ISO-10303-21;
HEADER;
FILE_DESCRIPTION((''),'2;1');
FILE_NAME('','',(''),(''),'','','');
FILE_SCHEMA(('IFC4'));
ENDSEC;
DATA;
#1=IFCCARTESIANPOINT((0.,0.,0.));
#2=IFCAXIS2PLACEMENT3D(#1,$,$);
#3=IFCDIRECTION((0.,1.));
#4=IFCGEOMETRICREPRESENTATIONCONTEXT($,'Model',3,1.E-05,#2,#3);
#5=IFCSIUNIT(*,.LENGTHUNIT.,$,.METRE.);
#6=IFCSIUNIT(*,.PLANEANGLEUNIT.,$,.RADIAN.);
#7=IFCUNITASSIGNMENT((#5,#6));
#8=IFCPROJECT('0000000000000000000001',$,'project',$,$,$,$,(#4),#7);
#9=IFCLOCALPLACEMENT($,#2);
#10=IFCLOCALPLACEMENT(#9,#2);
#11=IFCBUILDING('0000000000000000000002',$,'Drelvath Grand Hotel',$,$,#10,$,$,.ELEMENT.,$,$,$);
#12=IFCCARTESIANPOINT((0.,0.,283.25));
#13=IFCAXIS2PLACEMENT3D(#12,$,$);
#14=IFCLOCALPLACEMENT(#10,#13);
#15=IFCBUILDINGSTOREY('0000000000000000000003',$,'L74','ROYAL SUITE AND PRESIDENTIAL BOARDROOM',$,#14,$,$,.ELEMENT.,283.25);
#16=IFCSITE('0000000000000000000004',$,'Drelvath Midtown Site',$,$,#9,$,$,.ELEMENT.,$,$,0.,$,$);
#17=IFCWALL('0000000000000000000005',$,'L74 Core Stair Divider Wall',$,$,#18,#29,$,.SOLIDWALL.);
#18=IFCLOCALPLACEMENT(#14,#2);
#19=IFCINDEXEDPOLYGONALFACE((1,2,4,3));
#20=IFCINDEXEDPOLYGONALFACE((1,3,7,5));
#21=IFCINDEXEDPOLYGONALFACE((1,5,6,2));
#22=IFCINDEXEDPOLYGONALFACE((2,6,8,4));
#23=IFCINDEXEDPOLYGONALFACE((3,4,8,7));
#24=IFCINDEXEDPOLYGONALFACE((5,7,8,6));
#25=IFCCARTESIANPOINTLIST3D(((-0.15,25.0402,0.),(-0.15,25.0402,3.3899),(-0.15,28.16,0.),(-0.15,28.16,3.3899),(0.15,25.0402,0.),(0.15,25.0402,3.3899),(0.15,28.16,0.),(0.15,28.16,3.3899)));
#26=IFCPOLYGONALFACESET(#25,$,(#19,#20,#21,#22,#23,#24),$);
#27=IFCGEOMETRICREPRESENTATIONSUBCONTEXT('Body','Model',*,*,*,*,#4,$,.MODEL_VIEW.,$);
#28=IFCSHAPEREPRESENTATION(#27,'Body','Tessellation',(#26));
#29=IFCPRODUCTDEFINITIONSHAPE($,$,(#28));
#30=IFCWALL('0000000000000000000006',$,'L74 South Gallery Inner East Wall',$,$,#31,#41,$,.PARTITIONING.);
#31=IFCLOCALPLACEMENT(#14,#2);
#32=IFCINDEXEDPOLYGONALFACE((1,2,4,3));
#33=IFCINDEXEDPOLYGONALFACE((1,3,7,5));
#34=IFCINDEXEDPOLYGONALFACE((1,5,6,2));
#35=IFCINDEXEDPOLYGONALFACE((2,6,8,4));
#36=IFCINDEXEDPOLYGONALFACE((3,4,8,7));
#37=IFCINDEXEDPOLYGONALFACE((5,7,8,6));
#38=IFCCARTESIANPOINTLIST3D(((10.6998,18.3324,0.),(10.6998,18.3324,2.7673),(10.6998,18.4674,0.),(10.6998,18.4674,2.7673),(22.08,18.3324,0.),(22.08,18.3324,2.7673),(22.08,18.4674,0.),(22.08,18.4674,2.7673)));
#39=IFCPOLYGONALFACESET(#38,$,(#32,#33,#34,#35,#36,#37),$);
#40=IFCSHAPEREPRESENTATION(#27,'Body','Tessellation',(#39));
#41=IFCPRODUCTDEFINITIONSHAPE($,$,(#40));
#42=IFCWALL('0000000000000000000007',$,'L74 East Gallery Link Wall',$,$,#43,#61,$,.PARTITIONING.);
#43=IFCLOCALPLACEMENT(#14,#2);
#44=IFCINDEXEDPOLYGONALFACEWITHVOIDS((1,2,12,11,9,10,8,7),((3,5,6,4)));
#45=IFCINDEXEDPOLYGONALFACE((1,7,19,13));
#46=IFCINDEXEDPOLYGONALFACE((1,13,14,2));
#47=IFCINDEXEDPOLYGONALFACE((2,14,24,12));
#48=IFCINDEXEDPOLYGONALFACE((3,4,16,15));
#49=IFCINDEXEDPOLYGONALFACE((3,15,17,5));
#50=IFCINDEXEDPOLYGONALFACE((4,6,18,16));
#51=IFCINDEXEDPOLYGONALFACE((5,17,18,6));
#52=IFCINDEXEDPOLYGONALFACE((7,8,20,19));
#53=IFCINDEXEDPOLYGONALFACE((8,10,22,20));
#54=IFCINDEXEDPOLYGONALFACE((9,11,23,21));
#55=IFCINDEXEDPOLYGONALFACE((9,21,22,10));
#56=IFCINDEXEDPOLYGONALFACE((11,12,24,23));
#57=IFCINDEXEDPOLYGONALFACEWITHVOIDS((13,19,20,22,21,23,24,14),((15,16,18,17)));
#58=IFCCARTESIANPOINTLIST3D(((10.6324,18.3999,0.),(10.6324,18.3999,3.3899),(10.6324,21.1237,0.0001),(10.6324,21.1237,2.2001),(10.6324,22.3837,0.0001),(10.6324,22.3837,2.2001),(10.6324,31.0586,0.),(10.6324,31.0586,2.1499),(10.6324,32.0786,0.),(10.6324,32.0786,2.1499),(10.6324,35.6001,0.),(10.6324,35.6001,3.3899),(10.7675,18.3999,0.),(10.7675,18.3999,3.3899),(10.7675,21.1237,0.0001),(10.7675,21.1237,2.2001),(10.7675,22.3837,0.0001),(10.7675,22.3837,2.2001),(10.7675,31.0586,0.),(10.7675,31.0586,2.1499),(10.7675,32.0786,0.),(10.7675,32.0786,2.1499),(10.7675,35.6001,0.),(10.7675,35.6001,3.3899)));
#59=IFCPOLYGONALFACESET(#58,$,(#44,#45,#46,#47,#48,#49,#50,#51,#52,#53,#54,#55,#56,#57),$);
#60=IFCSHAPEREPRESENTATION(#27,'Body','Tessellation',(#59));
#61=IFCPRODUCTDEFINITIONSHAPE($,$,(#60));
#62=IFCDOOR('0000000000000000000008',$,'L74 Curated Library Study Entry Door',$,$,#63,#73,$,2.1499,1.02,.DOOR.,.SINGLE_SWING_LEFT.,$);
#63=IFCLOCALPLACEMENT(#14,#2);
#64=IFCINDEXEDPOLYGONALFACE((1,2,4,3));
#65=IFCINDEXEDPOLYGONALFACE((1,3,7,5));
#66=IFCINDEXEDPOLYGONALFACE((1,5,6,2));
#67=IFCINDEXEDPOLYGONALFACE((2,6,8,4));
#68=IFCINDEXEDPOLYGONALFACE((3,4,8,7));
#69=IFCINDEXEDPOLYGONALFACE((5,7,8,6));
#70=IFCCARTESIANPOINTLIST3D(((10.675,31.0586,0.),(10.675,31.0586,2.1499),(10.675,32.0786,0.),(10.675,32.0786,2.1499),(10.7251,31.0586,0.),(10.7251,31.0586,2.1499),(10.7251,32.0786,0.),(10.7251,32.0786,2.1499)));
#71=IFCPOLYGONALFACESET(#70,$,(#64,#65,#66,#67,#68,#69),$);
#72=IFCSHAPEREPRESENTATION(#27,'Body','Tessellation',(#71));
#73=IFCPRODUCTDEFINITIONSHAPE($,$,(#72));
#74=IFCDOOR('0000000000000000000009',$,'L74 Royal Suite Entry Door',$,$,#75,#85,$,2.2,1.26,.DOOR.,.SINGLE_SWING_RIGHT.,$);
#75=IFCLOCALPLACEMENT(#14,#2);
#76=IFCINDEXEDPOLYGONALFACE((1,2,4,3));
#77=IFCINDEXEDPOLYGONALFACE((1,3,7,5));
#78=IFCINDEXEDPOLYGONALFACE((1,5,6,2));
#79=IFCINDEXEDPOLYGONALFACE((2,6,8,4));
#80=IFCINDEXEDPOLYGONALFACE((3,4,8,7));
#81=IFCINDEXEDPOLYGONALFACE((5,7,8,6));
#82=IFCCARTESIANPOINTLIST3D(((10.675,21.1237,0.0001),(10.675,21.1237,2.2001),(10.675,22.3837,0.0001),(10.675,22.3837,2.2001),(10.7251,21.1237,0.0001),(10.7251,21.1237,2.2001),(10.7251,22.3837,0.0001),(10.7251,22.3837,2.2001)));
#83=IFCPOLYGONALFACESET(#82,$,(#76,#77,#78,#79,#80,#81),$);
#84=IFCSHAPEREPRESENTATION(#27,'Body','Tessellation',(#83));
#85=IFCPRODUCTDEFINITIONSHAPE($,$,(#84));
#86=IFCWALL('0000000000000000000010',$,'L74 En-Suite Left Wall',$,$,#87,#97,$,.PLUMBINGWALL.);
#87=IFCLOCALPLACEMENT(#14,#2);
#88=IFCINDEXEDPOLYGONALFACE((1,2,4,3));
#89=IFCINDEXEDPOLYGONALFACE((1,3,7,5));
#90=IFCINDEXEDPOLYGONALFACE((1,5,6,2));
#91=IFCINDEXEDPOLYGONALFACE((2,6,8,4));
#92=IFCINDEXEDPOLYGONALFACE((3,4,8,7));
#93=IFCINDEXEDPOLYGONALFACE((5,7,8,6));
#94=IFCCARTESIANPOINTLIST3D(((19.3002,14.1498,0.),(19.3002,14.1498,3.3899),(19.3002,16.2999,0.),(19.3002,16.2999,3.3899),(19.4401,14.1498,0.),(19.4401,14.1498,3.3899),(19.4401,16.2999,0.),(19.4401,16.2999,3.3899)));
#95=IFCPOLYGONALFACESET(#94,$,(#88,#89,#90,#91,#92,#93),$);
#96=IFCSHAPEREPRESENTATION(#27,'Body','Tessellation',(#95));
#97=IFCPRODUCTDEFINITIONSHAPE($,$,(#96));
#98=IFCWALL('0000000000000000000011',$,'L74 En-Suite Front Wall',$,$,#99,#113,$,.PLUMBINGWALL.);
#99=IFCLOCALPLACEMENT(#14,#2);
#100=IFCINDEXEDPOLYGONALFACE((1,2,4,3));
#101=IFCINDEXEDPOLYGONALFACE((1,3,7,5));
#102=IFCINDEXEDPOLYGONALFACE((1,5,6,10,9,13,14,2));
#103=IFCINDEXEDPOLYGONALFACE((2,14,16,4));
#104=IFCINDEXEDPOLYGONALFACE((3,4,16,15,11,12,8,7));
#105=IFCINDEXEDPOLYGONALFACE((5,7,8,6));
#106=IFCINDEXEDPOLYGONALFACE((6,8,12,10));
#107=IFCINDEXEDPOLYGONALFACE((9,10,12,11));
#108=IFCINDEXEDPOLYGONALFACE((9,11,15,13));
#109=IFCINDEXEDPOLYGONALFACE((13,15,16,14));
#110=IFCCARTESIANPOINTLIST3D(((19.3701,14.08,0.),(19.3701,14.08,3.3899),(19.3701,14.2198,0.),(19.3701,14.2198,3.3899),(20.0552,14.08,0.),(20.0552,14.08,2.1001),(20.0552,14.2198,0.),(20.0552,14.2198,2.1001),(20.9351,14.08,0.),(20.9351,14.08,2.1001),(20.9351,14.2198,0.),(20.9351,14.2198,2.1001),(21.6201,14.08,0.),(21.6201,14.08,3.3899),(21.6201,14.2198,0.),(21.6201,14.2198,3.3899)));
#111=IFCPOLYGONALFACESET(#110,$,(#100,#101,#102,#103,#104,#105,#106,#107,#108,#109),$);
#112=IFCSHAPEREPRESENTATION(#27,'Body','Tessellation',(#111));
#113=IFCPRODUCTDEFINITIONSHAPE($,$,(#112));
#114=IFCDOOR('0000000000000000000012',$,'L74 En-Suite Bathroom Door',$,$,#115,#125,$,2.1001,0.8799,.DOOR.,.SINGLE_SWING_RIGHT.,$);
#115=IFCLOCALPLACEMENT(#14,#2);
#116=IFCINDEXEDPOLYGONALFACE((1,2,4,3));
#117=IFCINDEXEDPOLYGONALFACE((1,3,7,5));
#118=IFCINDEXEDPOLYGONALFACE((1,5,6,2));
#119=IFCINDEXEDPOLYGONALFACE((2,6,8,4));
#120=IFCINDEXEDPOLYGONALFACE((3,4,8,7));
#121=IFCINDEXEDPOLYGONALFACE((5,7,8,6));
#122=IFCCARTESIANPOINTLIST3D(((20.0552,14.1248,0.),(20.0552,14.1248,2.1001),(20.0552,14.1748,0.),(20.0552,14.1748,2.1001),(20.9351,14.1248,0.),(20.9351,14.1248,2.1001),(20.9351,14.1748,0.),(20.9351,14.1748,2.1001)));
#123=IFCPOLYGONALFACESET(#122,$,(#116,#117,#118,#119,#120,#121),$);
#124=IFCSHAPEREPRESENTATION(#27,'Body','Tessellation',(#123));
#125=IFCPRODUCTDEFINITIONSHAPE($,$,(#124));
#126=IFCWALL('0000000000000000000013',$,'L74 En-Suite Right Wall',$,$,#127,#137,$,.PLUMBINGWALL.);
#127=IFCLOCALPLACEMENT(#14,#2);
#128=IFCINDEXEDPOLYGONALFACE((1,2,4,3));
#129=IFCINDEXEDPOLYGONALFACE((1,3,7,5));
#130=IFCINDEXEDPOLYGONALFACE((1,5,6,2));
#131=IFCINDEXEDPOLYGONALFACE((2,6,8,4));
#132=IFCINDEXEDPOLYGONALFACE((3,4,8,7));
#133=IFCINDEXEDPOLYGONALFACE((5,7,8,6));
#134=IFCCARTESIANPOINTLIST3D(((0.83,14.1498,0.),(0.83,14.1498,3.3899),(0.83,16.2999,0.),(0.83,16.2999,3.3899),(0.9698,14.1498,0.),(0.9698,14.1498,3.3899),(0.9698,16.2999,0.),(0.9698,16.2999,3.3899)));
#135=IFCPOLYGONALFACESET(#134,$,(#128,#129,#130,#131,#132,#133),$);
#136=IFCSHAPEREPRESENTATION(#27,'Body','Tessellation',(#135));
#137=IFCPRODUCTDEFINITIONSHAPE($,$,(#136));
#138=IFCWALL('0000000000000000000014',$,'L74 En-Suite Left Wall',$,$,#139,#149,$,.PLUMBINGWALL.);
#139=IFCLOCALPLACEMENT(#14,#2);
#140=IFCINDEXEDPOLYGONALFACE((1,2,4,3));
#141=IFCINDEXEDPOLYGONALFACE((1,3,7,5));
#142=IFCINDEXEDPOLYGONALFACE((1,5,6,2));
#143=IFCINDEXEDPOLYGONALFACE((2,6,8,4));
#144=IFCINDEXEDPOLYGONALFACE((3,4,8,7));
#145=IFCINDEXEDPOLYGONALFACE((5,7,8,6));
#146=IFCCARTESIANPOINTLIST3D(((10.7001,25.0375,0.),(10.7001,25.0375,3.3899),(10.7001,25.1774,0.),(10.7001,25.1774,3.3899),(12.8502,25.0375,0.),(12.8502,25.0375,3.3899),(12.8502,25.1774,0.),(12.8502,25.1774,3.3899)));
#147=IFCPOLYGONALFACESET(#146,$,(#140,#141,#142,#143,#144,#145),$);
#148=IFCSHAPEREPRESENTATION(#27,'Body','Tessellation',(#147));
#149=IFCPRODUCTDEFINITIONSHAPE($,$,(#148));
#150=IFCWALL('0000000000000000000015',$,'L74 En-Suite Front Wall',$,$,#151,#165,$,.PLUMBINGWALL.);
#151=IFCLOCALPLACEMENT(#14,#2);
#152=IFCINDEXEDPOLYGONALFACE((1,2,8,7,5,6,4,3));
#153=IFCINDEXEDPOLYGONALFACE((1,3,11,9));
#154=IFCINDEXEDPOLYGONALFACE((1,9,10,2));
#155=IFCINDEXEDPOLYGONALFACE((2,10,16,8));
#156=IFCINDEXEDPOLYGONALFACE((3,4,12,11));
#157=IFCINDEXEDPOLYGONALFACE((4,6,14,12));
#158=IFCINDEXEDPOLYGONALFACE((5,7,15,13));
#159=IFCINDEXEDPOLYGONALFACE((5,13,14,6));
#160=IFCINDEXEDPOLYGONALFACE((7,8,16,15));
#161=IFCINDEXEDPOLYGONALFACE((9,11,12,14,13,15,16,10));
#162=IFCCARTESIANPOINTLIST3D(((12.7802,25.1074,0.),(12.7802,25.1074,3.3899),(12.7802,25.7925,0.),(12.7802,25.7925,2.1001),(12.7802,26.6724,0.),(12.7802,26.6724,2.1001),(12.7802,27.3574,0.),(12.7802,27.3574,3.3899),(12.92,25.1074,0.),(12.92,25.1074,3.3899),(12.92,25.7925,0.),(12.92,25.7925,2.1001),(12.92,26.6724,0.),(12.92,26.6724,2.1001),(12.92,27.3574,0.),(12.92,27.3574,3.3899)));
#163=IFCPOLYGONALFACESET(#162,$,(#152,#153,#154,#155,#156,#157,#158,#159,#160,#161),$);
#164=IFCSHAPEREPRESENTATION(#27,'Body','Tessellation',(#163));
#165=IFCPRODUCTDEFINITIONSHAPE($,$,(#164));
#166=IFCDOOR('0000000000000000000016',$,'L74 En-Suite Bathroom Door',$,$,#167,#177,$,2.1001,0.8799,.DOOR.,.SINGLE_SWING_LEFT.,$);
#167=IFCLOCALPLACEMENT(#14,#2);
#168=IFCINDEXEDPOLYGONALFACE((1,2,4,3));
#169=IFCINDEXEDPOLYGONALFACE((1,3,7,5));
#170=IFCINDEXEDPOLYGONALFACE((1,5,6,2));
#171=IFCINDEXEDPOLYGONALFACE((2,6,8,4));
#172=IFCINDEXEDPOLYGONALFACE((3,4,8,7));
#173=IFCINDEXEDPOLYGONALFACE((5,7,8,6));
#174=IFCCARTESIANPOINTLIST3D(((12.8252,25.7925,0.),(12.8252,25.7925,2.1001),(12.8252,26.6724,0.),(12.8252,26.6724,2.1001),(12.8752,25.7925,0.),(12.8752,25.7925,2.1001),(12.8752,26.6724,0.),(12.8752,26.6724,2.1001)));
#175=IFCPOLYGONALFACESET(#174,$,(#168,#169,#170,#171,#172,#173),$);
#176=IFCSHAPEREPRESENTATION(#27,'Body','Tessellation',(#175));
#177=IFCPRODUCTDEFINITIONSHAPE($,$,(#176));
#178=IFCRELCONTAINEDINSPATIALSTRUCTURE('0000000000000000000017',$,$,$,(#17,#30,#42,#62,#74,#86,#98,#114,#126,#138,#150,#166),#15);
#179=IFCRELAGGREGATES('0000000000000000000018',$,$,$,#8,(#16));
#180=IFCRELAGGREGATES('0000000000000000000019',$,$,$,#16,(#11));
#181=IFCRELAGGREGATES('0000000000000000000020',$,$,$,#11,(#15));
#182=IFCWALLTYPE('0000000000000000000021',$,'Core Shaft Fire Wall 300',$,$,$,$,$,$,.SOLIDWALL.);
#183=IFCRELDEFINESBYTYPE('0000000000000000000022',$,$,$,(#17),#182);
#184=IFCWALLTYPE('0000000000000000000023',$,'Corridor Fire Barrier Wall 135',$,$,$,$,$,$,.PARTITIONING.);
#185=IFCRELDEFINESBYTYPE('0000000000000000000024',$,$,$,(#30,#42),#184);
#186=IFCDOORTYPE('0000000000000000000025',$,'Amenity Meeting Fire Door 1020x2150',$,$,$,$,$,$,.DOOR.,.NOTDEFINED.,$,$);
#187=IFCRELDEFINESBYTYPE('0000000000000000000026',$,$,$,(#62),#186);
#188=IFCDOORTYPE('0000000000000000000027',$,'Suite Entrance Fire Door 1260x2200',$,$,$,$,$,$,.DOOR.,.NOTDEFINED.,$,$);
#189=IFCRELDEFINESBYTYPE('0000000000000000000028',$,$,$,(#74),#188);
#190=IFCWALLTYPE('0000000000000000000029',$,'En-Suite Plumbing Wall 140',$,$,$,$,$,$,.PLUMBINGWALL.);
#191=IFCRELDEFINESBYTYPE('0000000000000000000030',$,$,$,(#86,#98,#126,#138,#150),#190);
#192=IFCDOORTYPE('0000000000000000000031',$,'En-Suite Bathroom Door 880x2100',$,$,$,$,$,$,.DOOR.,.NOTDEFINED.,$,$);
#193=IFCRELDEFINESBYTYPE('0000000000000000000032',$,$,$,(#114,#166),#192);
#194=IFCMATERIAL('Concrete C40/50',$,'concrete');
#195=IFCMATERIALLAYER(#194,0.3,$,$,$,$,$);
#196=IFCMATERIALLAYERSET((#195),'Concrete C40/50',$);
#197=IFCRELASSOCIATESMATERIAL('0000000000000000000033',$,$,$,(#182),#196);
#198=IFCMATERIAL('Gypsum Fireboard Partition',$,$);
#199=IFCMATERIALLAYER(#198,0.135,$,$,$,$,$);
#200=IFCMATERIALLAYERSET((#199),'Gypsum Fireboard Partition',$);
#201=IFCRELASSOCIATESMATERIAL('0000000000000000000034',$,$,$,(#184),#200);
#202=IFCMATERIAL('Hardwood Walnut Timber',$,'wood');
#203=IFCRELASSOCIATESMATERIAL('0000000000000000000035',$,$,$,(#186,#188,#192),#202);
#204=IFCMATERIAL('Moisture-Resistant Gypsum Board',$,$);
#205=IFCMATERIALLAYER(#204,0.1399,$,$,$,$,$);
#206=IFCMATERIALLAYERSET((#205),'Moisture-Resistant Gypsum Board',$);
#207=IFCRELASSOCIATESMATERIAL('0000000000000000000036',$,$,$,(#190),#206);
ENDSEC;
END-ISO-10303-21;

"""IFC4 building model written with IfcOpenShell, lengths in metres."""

from ifc_helpers import new_model, si_unit, direction, frame, frame_2d, origin, place, context, subcontext, project, spatial, rectangle, extrude, material, layer, layer_set, type_object, element, fill, save


model = new_model("IFC4")

# Units and contexts
model_context = context("Model", 3, precision=1e-05, world=origin(), true_north=direction((0.0, 1.0)))
body_context = subcontext(model_context, "Body", "Model", "MODEL_VIEW")
ifc_project = project(units=[si_unit("LENGTHUNIT", "METRE"), si_unit("PLANEANGLEUNIT", "RADIAN")], contexts=[model_context])

# Site, building, storey
site_placement = place(None, origin())
site = spatial("IfcSite", under=ifc_project, at=site_placement, Name="Drelvath Midtown Site", CompositionType="ELEMENT", RefElevation=0.0)
building_placement = place(site_placement, origin())
building = spatial("IfcBuilding", under=site, at=building_placement, Name="Drelvath Grand Hotel", CompositionType="ELEMENT")
storey_placement = place(building_placement, frame((0.0, 0.0, 283.25)))
storey = spatial("IfcBuildingStorey", under=building, at=storey_placement, Name="L74", Description="ROYAL SUITE AND PRESIDENTIAL BOARDROOM", CompositionType="ELEMENT", Elevation=283.25)

# Walls
ifc_material_1 = material(Name="Concrete C40/50", Category="concrete")
ifc_layer_1 = layer(ifc_material_1, 0.3)
ifc_layer_set_1 = layer_set([ifc_layer_1], Name="Concrete C40/50")
wall_type_1 = type_object("IfcWallType", Name="Core Shaft Fire Wall 300", PredefinedType="SOLIDWALL", material=ifc_layer_set_1)
wall_1_placement = place(storey_placement, frame((0.0, 25.04, 0.0), z_axis=(0.0, 0.0, 1.0), x_axis=(0.0, 1.0, 0.0)))
element("IfcWall", 1, at=wall_1_placement, inside=storey, type_object=wall_type_1, Name="L74 Core Stair Divider Wall", PredefinedType="SOLIDWALL", context=body_context, shape_type="SweptSolid", body=[
    extrude(rectangle(XDim=3.1199, YDim=0.3, at=frame_2d((1.5601, 0.0))), origin(), (0.0, 0.0, 1.0), 3.3899),
])
ifc_material_2 = material(Name="Gypsum Fireboard Partition")
ifc_layer_2 = layer(ifc_material_2, 0.135)
ifc_layer_set_2 = layer_set([ifc_layer_2], Name="Gypsum Fireboard Partition")
wall_type_2 = type_object("IfcWallType", Name="Corridor Fire Barrier Wall 135", PredefinedType="PARTITIONING", material=ifc_layer_set_2)
wall_2_placement = place(storey_placement, frame((10.7, 18.3999, 0.0), z_axis=(0.0, 0.0, 1.0), x_axis=(1.0, 0.0, 0.0)))
element("IfcWall", 2, at=wall_2_placement, inside=storey, type_object=wall_type_2, Name="L74 South Gallery Inner East Wall", PredefinedType="PARTITIONING", context=body_context, shape_type="SweptSolid", body=[
    extrude(rectangle(XDim=11.3801, YDim=0.135, at=frame_2d((5.6899, 0.0))), origin(), (0.0, 0.0, 1.0), 2.7673),
])

# Wall, openings, doors
wall_3_placement = place(storey_placement, frame((10.7, 18.3999, 0.0), z_axis=(0.0, 0.0, 1.0), x_axis=(0.0, 1.0, 0.0)))
wall_3 = element("IfcWall", 3, at=wall_3_placement, inside=storey, type_object=wall_type_2, Name="L74 East Gallery Link Wall", PredefinedType="PARTITIONING", context=body_context, shape_type="SweptSolid", body=[
    extrude(rectangle(XDim=17.2002, YDim=0.135, at=frame_2d((8.6001, 0.0))), origin(), (0.0, 0.0, 1.0), 3.3899),
])
opening_1_placement = place(wall_3_placement, frame((2.7239, 0.0, 0.0)))
opening_1 = element("IfcOpeningElement", 4, at=opening_1_placement, cuts=wall_3, PredefinedType="OPENING", context=body_context, shape_type="SweptSolid", body=[
    extrude(rectangle(XDim=1.26, YDim=2.2, at=frame_2d((0.6299, 1.1001))), frame((0.0, 0.0774, 0.0), z_axis=(0.0, -1.0, 0.0), x_axis=(1.0, 0.0, 0.0)), (0.0, 0.0, 1.0), 0.155),
])
opening_2_placement = place(wall_3_placement, frame((12.6587, 0.0, 0.0)))
opening_2 = element("IfcOpeningElement", 5, at=opening_2_placement, cuts=wall_3, PredefinedType="OPENING", context=body_context, shape_type="SweptSolid", body=[
    extrude(rectangle(XDim=1.02, YDim=2.1499, at=frame_2d((0.51, 1.075))), frame((0.0, 0.0774, 0.0), z_axis=(0.0, -1.0, 0.0), x_axis=(1.0, 0.0, 0.0)), (0.0, 0.0, 1.0), 0.155),
])
ifc_material_3 = material(Name="Hardwood Walnut Timber", Category="wood")
door_type_1 = type_object("IfcDoorType", Name="Amenity Meeting Fire Door 1020x2150", OperationType="NOTDEFINED", PredefinedType="DOOR", material=ifc_material_3)
door_1_placement = place(opening_2_placement, origin())
door_1 = element("IfcDoor", 6, at=door_1_placement, inside=storey, type_object=door_type_1, Name="L74 Curated Library Study Entry Door", OperationType="SINGLE_SWING_LEFT", OverallHeight=2.1499, OverallWidth=1.02, PredefinedType="DOOR", context=body_context, shape_type="SweptSolid", body=[
    extrude(rectangle(XDim=1.02, YDim=2.1499, at=frame_2d((0.51, 1.075))), frame((0.0, 0.0249, 0.0), z_axis=(0.0, -1.0, 0.0), x_axis=(1.0, 0.0, 0.0)), (0.0, 0.0, 1.0), 0.05),
])
fill(opening_2, door_1)
door_type_2 = type_object("IfcDoorType", Name="Suite Entrance Fire Door 1260x2200", OperationType="NOTDEFINED", PredefinedType="DOOR", material=ifc_material_3)
door_2_placement = place(opening_1_placement, origin())
door_2 = element("IfcDoor", 7, at=door_2_placement, inside=storey, type_object=door_type_2, Name="L74 Royal Suite Entry Door", OperationType="SINGLE_SWING_RIGHT", OverallHeight=2.2, OverallWidth=1.26, PredefinedType="DOOR", context=body_context, shape_type="SweptSolid", body=[
    extrude(rectangle(XDim=1.26, YDim=2.2, at=frame_2d((0.6299, 1.1001))), frame((0.0, 0.0249, 0.0), z_axis=(0.0, -1.0, 0.0), x_axis=(1.0, 0.0, 0.0)), (0.0, 0.0, 1.0), 0.05),
])
fill(opening_1, door_2)

# Wall
ifc_material_4 = material(Name="Moisture-Resistant Gypsum Board")
ifc_layer_3 = layer(ifc_material_4, 0.1399)
ifc_layer_set_3 = layer_set([ifc_layer_3], Name="Moisture-Resistant Gypsum Board")
wall_type_3 = type_object("IfcWallType", Name="En-Suite Plumbing Wall 140", PredefinedType="PLUMBINGWALL", material=ifc_layer_set_3)
wall_4_placement = place(storey_placement, frame((19.3701, 16.3, 0.0), z_axis=(0.0, 0.0, 1.0), x_axis=(0.0, -1.0, 0.0)))
element("IfcWall", 8, at=wall_4_placement, inside=storey, type_object=wall_type_3, Name="L74 En-Suite Left Wall", PredefinedType="PLUMBINGWALL", context=body_context, shape_type="SweptSolid", body=[
    extrude(rectangle(XDim=2.1501, YDim=0.1399, at=frame_2d((1.0752, 0.0))), origin(), (0.0, 0.0, 1.0), 3.3899),
])

# Wall, opening, door
wall_5_placement = place(storey_placement, frame((19.3701, 14.1499, 0.0), z_axis=(0.0, 0.0, 1.0), x_axis=(1.0, 0.0, 0.0)))
wall_5 = element("IfcWall", 9, at=wall_5_placement, inside=storey, type_object=wall_type_3, Name="L74 En-Suite Front Wall", PredefinedType="PLUMBINGWALL", context=body_context, shape_type="SweptSolid", body=[
    extrude(rectangle(XDim=2.25, YDim=0.1399, at=frame_2d((1.125, 0.0))), origin(), (0.0, 0.0, 1.0), 3.3899),
])
opening_3_placement = place(wall_5_placement, frame((0.6851, 0.0, 0.0)))
opening_3 = element("IfcOpeningElement", 10, at=opening_3_placement, cuts=wall_5, PredefinedType="OPENING", context=body_context, shape_type="SweptSolid", body=[
    extrude(rectangle(XDim=0.8799, YDim=2.1001, at=frame_2d((0.4399, 1.05))), frame((0.0, 0.0798, 0.0), z_axis=(0.0, -1.0, 0.0), x_axis=(1.0, 0.0, 0.0)), (0.0, 0.0, 1.0), 0.1599),
])
door_type_3 = type_object("IfcDoorType", Name="En-Suite Bathroom Door 880x2100", OperationType="NOTDEFINED", PredefinedType="DOOR", material=ifc_material_3)
door_3_placement = place(opening_3_placement, origin())
door_3 = element("IfcDoor", 11, at=door_3_placement, inside=storey, type_object=door_type_3, Name="L74 En-Suite Bathroom Door", OperationType="SINGLE_SWING_RIGHT", OverallHeight=2.1001, OverallWidth=0.8799, PredefinedType="DOOR", context=body_context, shape_type="SweptSolid", body=[
    extrude(rectangle(XDim=0.8799, YDim=2.1001, at=frame_2d((0.4399, 1.05))), frame((0.0, 0.0249, 0.0), z_axis=(0.0, -1.0, 0.0), x_axis=(1.0, 0.0, 0.0)), (0.0, 0.0, 1.0), 0.05),
])
fill(opening_3, door_3)

# Walls
for number, where, z_axis, x_axis, name in (
    (12, (0.8999, 16.3, 0.0), (0.0, 0.0, 1.0), (0.0, -1.0, 0.0), "L74 En-Suite Right Wall"),
    (13, (10.7, 25.1074, 0.0), (0.0, 0.0, 1.0), (1.0, 0.0, 0.0), "L74 En-Suite Left Wall"),
):
    element("IfcWall", number, at=place(storey_placement, frame(where, z_axis=z_axis, x_axis=x_axis)), inside=storey, type_object=wall_type_3, Name=name, PredefinedType="PLUMBINGWALL", context=body_context, shape_type="SweptSolid", body=[
        extrude(rectangle(XDim=2.1501, YDim=0.1399, at=frame_2d((1.0752, 0.0))), origin(), (0.0, 0.0, 1.0), 3.3899),
    ])

# Wall, opening, door
wall_6_placement = place(storey_placement, frame((12.8501, 25.1074, 0.0), z_axis=(0.0, 0.0, 1.0), x_axis=(0.0, 1.0, 0.0)))
wall_6 = element("IfcWall", 14, at=wall_6_placement, inside=storey, type_object=wall_type_3, Name="L74 En-Suite Front Wall", PredefinedType="PLUMBINGWALL", context=body_context, shape_type="SweptSolid", body=[
    extrude(rectangle(XDim=2.25, YDim=0.1399, at=frame_2d((1.125, 0.0))), origin(), (0.0, 0.0, 1.0), 3.3899),
])
opening_4_placement = place(wall_6_placement, frame((0.6851, 0.0, 0.0)))
opening_4 = element("IfcOpeningElement", 15, at=opening_4_placement, cuts=wall_6, PredefinedType="OPENING", context=body_context, shape_type="SweptSolid", body=[
    extrude(rectangle(XDim=0.8799, YDim=2.1001, at=frame_2d((0.4399, 1.05))), frame((0.0, 0.0798, 0.0), z_axis=(0.0, -1.0, 0.0), x_axis=(1.0, 0.0, 0.0)), (0.0, 0.0, 1.0), 0.1599),
])
door_4_placement = place(opening_4_placement, origin())
door_4 = element("IfcDoor", 16, at=door_4_placement, inside=storey, type_object=door_type_3, Name="L74 En-Suite Bathroom Door", OperationType="SINGLE_SWING_LEFT", OverallHeight=2.1001, OverallWidth=0.8799, PredefinedType="DOOR", context=body_context, shape_type="SweptSolid", body=[
    extrude(rectangle(XDim=0.8799, YDim=2.1001, at=frame_2d((0.4399, 1.05))), frame((0.0, 0.0249, 0.0), z_axis=(0.0, -1.0, 0.0), x_axis=(1.0, 0.0, 0.0)), (0.0, 0.0, 1.0), 0.05),
])
fill(opening_4, door_4)

save(model, "model.ifc")
